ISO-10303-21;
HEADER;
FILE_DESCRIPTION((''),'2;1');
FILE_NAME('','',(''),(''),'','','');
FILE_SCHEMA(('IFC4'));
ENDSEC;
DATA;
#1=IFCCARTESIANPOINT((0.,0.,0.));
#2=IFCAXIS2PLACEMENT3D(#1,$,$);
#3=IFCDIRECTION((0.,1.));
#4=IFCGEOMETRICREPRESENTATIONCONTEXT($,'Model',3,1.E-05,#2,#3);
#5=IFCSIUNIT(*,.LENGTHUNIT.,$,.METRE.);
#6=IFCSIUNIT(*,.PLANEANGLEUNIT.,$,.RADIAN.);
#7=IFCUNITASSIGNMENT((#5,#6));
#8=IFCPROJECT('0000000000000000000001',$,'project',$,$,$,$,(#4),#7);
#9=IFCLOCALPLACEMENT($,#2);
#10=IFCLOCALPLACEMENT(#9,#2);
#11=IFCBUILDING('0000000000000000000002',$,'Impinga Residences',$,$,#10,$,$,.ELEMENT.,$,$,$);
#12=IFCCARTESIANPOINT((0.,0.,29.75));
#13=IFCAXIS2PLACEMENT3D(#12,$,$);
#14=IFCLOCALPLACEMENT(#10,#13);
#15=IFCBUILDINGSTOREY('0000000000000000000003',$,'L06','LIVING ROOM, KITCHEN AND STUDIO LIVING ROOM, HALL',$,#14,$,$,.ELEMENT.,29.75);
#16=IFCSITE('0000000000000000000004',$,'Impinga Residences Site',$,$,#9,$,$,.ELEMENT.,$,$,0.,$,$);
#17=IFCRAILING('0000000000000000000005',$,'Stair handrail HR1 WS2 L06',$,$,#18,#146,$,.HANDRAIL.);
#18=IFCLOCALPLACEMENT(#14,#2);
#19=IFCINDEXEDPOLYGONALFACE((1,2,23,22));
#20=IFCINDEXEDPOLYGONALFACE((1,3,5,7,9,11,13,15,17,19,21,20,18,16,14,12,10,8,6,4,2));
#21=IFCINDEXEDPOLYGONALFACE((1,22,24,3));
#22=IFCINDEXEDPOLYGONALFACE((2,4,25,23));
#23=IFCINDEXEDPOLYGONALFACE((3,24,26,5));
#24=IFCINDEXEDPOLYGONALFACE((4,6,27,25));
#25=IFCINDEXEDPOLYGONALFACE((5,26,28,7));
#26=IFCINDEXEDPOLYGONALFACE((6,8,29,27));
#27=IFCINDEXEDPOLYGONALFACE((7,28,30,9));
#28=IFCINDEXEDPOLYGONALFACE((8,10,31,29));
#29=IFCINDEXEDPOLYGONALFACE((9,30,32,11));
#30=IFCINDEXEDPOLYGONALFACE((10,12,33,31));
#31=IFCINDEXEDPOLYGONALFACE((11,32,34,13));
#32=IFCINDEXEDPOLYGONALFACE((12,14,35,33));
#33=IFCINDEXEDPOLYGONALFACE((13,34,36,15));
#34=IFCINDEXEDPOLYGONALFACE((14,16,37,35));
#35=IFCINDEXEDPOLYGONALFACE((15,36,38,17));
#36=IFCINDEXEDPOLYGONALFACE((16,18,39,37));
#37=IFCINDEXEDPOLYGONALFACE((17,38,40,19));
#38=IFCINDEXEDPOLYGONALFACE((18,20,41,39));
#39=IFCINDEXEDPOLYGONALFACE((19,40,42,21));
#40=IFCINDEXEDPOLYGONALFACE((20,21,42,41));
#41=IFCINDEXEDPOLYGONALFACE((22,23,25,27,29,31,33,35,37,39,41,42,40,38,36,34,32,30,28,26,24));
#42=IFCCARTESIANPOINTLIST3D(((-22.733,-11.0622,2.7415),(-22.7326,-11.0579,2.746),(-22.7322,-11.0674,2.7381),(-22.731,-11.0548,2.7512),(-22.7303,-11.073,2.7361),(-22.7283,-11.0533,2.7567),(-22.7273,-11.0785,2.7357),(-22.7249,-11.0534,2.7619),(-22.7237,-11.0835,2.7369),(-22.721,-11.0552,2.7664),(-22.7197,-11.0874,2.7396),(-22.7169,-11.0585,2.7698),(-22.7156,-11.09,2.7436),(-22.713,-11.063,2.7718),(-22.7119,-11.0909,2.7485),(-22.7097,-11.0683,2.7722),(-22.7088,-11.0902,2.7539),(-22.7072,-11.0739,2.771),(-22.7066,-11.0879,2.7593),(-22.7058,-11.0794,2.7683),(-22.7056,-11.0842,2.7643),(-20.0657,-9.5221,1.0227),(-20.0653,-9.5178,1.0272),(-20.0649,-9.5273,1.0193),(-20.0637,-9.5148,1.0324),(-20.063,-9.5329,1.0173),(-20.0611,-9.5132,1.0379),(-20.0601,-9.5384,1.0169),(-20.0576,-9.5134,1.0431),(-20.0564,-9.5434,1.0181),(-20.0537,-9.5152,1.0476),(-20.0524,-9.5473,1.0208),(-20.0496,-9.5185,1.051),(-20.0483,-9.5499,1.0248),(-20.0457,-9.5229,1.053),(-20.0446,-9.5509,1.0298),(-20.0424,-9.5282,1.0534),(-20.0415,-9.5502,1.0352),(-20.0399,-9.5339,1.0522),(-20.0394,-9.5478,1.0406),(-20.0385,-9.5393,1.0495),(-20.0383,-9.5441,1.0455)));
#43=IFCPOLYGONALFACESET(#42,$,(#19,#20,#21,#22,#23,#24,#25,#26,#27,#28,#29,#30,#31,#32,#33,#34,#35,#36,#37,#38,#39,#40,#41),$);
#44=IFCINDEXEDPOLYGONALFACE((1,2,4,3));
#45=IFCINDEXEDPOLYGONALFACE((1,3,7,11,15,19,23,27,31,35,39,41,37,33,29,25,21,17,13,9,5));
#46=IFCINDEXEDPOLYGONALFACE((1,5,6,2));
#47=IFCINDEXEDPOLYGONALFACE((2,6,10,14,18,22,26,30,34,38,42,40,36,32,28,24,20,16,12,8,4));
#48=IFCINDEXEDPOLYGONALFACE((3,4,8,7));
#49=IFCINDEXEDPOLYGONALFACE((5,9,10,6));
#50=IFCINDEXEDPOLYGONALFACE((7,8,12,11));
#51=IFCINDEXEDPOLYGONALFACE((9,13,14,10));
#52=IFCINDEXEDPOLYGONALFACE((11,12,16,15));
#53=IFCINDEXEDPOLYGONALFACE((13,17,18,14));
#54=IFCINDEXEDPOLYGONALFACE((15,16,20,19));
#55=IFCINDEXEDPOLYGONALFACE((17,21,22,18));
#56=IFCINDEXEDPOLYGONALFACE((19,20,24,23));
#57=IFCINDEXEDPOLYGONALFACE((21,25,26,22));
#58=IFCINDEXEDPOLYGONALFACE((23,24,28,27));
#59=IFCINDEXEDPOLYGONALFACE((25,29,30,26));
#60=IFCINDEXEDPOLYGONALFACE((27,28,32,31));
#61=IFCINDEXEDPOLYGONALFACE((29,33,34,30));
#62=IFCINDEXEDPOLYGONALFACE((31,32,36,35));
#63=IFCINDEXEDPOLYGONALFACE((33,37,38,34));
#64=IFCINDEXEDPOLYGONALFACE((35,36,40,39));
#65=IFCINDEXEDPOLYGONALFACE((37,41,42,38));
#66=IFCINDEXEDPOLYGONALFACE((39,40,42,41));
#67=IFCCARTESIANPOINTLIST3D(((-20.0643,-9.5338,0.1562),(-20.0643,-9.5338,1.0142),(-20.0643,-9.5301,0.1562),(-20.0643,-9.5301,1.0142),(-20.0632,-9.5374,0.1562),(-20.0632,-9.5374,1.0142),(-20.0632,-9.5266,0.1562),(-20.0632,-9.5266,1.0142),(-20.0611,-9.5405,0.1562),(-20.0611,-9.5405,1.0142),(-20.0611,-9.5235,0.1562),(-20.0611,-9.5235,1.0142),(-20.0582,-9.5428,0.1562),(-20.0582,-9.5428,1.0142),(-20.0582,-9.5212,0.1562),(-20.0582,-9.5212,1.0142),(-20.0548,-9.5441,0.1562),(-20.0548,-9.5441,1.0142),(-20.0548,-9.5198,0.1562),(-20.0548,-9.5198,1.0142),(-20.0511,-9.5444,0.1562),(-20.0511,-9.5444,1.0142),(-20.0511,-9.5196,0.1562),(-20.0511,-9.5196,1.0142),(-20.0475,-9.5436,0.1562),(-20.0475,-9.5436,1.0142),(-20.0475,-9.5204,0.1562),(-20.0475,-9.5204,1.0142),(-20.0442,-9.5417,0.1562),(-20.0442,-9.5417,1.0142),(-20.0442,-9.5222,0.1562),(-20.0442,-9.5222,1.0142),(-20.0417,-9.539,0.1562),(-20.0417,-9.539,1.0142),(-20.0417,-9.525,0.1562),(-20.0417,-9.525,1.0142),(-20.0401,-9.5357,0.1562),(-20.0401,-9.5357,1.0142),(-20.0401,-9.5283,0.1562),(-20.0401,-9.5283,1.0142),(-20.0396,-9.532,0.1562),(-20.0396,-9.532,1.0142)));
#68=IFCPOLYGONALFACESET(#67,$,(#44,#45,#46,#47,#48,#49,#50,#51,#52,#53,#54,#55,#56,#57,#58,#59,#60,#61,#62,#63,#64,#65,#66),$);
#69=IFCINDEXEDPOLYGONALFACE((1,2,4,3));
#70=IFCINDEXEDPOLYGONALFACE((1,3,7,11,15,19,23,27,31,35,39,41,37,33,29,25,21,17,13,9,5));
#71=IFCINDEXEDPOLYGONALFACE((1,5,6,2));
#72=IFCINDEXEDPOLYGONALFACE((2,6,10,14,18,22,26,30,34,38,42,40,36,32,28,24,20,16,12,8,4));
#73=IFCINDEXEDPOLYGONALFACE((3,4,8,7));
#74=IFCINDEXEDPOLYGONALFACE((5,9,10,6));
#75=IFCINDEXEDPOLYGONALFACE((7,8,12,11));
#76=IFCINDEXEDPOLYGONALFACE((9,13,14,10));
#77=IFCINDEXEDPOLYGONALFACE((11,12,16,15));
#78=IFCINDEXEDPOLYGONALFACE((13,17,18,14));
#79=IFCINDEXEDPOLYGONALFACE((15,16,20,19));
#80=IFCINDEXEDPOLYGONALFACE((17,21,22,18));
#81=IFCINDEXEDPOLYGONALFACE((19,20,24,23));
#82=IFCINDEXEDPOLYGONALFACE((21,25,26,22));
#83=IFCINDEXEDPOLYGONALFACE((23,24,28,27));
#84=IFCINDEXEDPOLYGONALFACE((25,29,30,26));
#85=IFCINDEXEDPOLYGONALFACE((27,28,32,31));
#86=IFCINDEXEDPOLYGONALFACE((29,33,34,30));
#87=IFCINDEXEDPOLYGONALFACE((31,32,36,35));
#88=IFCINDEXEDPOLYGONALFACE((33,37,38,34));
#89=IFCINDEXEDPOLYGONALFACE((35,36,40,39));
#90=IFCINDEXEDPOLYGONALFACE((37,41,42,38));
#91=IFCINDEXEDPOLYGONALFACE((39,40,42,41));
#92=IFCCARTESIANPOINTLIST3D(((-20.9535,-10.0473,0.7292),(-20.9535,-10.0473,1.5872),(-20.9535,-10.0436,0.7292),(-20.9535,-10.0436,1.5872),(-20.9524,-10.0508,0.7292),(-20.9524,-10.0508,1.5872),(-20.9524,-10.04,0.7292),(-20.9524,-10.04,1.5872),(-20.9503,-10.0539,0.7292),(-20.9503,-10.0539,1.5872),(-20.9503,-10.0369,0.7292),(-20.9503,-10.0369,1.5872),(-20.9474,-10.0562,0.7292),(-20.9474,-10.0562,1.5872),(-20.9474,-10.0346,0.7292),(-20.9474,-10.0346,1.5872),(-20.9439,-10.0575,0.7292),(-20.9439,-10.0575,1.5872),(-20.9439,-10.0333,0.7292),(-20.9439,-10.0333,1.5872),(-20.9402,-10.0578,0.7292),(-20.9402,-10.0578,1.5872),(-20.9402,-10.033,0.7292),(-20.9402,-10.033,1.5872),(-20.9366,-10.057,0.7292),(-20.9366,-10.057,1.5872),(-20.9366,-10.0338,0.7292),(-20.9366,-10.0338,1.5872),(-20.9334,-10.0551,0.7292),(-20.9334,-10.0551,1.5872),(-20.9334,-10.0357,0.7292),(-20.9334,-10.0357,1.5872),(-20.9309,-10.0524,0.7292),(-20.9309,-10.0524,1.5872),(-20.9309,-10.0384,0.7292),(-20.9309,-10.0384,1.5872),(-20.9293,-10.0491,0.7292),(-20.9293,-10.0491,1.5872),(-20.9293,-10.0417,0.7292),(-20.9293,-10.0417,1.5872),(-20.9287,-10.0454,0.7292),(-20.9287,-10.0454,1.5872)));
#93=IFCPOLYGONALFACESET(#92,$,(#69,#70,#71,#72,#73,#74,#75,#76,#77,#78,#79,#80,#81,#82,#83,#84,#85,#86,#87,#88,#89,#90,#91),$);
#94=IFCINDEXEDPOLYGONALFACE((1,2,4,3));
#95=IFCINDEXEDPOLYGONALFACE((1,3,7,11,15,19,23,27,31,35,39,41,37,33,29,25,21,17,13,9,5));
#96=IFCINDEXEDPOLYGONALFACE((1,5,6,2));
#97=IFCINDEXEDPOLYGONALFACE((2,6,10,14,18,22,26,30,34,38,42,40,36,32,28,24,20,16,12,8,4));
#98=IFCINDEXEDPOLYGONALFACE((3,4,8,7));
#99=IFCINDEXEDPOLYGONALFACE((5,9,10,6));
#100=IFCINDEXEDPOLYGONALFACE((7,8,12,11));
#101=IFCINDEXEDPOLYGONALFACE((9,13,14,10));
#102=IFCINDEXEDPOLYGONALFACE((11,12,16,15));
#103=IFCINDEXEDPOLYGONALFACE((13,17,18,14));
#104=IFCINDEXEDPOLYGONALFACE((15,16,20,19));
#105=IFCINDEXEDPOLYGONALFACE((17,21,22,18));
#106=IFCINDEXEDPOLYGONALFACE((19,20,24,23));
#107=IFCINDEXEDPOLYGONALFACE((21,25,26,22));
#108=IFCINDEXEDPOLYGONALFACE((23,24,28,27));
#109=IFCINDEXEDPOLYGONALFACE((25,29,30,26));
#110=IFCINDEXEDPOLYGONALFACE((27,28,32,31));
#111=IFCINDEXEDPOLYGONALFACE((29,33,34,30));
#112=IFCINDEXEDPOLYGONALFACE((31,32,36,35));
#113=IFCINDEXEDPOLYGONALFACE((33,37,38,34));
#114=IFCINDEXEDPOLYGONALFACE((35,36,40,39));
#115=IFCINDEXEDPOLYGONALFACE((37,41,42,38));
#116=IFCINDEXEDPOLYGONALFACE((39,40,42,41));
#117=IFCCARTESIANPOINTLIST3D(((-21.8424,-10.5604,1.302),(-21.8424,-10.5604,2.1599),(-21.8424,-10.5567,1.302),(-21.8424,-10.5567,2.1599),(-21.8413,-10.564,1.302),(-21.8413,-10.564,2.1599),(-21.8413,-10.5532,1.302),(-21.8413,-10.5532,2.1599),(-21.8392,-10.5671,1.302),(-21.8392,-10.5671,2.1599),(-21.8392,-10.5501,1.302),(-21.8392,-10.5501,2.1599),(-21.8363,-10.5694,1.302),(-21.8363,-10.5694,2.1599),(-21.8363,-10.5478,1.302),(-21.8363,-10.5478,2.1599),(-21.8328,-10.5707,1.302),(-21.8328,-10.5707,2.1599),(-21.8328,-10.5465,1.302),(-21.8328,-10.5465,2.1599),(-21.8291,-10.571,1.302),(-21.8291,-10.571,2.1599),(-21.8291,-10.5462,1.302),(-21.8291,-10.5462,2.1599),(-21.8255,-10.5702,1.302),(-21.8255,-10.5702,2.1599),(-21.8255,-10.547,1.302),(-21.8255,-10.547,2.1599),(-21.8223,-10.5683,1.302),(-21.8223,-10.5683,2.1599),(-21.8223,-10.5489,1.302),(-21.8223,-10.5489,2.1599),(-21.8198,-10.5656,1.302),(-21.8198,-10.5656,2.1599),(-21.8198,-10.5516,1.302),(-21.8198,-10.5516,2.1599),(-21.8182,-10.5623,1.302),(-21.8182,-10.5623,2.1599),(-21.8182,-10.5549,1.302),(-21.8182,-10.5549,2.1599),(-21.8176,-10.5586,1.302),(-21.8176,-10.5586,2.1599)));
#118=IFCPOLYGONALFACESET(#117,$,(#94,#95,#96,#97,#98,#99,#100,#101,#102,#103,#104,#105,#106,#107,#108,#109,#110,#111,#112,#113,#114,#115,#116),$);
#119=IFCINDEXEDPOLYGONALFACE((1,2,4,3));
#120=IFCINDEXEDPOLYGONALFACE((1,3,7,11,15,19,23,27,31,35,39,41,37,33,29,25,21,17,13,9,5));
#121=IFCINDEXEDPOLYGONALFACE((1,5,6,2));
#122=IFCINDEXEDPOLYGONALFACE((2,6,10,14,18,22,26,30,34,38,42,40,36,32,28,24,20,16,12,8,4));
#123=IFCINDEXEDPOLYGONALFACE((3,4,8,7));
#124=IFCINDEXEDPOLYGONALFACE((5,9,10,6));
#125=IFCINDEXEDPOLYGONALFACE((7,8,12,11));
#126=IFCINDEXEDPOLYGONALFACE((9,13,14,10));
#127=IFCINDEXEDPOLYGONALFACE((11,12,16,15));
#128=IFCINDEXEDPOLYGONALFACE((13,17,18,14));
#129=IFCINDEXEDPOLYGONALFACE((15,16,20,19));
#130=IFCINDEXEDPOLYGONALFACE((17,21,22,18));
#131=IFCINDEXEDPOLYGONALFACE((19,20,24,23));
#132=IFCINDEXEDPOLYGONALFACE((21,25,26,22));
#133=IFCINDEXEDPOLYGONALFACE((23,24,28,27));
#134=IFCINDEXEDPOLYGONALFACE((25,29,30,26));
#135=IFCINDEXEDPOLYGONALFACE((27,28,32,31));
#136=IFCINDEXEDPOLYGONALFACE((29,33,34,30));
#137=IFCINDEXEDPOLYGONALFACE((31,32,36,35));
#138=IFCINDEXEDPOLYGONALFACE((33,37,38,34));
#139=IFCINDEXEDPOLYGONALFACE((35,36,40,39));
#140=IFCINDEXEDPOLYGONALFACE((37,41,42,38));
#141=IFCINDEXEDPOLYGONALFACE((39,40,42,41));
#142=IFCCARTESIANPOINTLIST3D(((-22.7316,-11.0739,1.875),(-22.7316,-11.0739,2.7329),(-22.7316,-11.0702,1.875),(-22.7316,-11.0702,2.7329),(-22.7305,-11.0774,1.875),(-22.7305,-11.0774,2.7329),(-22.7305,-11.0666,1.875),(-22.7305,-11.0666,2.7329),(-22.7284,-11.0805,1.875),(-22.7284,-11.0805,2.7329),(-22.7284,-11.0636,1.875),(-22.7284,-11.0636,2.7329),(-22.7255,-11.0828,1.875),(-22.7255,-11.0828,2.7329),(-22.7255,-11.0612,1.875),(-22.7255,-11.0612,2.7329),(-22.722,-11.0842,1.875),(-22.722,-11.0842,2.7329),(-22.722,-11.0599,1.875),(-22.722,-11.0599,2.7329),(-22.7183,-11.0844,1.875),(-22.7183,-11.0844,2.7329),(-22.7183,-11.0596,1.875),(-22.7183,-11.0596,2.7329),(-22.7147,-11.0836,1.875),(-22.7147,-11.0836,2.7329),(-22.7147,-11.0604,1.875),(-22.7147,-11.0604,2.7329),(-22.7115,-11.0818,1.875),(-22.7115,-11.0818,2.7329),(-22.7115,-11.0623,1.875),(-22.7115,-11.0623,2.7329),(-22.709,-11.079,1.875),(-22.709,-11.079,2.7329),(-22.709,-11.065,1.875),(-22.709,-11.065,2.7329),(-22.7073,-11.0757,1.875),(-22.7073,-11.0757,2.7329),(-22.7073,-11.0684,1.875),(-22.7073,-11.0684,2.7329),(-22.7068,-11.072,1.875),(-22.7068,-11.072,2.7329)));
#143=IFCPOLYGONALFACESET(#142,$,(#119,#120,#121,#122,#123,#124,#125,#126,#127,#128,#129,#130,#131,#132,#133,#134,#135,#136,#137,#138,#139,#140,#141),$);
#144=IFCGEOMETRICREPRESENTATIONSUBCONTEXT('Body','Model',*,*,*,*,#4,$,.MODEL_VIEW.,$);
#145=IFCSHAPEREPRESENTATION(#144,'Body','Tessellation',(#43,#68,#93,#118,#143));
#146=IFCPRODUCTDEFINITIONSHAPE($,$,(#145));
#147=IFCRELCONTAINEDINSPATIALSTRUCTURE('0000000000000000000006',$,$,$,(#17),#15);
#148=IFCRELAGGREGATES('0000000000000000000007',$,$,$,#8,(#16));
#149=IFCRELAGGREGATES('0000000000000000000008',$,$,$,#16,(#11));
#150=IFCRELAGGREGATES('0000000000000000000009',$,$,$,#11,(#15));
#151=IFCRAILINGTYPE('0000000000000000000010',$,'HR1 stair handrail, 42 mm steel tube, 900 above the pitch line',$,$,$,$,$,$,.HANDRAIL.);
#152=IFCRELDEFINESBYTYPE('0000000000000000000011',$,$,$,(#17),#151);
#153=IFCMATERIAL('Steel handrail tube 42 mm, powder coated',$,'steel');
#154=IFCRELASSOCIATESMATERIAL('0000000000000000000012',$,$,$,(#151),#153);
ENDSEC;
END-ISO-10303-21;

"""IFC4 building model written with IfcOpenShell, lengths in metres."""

from ifc_helpers import new_model, si_unit, direction, frame, origin, origin_2d, place, context, subcontext, project, spatial, circle, extrude, material, type_object, element, save


model = new_model("IFC4")

# Units and contexts
model_context = context("Model", 3, precision=1e-05, world=origin(), true_north=direction((0.0, 1.0)))
body_context = subcontext(model_context, "Body", "Model", "MODEL_VIEW")
ifc_project = project(units=[si_unit("LENGTHUNIT", "METRE"), si_unit("PLANEANGLEUNIT", "RADIAN")], contexts=[model_context])

# Site, building, storey
site_placement = place(None, origin())
site = spatial("IfcSite", under=ifc_project, at=site_placement, Name="Impinga Residences Site", CompositionType="ELEMENT", RefElevation=0.0)
building_placement = place(site_placement, origin())
building = spatial("IfcBuilding", under=site, at=building_placement, Name="Impinga Residences", CompositionType="ELEMENT")
storey_placement = place(building_placement, frame((0.0, 0.0, 29.75)))
storey = spatial("IfcBuildingStorey", under=building, at=storey_placement, Name="L06", Description="LIVING ROOM, KITCHEN AND STUDIO LIVING ROOM, HALL", CompositionType="ELEMENT", Elevation=29.75)

# Railing
ifc_material_1 = material(Name="Steel handrail tube 42 mm, powder coated", Category="steel")
railing_type_1 = type_object("IfcRailingType", Name="HR1 stair handrail, 42 mm steel tube, 900 above the pitch line", PredefinedType="HANDRAIL", material=ifc_material_1)
railing_1_placement = place(storey_placement, frame((-20.052, -9.532, 0.1562)))
element("IfcRailing", 1, at=railing_1_placement, inside=storey, type_object=railing_type_1, Name="Stair handrail HR1 WS2 L06", PredefinedType="HANDRAIL", context=body_context, shape_type="SweptSolid", body=[
    extrude(circle(Radius=0.021, at=origin_2d()), frame((0.0, 0.0, 0.8789), z_axis=(-0.756226, -0.436639, 0.487307), x_axis=(0.500027, -0.86601, 0.0)), (0.0, 0.0, 1.0), 3.5271),
    extrude(circle(Radius=0.0125, at=origin_2d()), origin(), (0.0, 0.0, 1.0), 0.8579),
    extrude(circle(Radius=0.0125, at=origin_2d()), frame((-0.8892, -0.5134, 0.573)), (0.0, 0.0, 1.0), 0.8579),
    extrude(circle(Radius=0.0125, at=origin_2d()), frame((-1.7781, -1.0266, 1.1458)), (0.0, 0.0, 1.0), 0.8579),
    extrude(circle(Radius=0.0125, at=origin_2d()), frame((-2.6672, -1.54, 1.7188)), (0.0, 0.0, 1.0), 0.8579),
])

save(model, "model.ifc")
